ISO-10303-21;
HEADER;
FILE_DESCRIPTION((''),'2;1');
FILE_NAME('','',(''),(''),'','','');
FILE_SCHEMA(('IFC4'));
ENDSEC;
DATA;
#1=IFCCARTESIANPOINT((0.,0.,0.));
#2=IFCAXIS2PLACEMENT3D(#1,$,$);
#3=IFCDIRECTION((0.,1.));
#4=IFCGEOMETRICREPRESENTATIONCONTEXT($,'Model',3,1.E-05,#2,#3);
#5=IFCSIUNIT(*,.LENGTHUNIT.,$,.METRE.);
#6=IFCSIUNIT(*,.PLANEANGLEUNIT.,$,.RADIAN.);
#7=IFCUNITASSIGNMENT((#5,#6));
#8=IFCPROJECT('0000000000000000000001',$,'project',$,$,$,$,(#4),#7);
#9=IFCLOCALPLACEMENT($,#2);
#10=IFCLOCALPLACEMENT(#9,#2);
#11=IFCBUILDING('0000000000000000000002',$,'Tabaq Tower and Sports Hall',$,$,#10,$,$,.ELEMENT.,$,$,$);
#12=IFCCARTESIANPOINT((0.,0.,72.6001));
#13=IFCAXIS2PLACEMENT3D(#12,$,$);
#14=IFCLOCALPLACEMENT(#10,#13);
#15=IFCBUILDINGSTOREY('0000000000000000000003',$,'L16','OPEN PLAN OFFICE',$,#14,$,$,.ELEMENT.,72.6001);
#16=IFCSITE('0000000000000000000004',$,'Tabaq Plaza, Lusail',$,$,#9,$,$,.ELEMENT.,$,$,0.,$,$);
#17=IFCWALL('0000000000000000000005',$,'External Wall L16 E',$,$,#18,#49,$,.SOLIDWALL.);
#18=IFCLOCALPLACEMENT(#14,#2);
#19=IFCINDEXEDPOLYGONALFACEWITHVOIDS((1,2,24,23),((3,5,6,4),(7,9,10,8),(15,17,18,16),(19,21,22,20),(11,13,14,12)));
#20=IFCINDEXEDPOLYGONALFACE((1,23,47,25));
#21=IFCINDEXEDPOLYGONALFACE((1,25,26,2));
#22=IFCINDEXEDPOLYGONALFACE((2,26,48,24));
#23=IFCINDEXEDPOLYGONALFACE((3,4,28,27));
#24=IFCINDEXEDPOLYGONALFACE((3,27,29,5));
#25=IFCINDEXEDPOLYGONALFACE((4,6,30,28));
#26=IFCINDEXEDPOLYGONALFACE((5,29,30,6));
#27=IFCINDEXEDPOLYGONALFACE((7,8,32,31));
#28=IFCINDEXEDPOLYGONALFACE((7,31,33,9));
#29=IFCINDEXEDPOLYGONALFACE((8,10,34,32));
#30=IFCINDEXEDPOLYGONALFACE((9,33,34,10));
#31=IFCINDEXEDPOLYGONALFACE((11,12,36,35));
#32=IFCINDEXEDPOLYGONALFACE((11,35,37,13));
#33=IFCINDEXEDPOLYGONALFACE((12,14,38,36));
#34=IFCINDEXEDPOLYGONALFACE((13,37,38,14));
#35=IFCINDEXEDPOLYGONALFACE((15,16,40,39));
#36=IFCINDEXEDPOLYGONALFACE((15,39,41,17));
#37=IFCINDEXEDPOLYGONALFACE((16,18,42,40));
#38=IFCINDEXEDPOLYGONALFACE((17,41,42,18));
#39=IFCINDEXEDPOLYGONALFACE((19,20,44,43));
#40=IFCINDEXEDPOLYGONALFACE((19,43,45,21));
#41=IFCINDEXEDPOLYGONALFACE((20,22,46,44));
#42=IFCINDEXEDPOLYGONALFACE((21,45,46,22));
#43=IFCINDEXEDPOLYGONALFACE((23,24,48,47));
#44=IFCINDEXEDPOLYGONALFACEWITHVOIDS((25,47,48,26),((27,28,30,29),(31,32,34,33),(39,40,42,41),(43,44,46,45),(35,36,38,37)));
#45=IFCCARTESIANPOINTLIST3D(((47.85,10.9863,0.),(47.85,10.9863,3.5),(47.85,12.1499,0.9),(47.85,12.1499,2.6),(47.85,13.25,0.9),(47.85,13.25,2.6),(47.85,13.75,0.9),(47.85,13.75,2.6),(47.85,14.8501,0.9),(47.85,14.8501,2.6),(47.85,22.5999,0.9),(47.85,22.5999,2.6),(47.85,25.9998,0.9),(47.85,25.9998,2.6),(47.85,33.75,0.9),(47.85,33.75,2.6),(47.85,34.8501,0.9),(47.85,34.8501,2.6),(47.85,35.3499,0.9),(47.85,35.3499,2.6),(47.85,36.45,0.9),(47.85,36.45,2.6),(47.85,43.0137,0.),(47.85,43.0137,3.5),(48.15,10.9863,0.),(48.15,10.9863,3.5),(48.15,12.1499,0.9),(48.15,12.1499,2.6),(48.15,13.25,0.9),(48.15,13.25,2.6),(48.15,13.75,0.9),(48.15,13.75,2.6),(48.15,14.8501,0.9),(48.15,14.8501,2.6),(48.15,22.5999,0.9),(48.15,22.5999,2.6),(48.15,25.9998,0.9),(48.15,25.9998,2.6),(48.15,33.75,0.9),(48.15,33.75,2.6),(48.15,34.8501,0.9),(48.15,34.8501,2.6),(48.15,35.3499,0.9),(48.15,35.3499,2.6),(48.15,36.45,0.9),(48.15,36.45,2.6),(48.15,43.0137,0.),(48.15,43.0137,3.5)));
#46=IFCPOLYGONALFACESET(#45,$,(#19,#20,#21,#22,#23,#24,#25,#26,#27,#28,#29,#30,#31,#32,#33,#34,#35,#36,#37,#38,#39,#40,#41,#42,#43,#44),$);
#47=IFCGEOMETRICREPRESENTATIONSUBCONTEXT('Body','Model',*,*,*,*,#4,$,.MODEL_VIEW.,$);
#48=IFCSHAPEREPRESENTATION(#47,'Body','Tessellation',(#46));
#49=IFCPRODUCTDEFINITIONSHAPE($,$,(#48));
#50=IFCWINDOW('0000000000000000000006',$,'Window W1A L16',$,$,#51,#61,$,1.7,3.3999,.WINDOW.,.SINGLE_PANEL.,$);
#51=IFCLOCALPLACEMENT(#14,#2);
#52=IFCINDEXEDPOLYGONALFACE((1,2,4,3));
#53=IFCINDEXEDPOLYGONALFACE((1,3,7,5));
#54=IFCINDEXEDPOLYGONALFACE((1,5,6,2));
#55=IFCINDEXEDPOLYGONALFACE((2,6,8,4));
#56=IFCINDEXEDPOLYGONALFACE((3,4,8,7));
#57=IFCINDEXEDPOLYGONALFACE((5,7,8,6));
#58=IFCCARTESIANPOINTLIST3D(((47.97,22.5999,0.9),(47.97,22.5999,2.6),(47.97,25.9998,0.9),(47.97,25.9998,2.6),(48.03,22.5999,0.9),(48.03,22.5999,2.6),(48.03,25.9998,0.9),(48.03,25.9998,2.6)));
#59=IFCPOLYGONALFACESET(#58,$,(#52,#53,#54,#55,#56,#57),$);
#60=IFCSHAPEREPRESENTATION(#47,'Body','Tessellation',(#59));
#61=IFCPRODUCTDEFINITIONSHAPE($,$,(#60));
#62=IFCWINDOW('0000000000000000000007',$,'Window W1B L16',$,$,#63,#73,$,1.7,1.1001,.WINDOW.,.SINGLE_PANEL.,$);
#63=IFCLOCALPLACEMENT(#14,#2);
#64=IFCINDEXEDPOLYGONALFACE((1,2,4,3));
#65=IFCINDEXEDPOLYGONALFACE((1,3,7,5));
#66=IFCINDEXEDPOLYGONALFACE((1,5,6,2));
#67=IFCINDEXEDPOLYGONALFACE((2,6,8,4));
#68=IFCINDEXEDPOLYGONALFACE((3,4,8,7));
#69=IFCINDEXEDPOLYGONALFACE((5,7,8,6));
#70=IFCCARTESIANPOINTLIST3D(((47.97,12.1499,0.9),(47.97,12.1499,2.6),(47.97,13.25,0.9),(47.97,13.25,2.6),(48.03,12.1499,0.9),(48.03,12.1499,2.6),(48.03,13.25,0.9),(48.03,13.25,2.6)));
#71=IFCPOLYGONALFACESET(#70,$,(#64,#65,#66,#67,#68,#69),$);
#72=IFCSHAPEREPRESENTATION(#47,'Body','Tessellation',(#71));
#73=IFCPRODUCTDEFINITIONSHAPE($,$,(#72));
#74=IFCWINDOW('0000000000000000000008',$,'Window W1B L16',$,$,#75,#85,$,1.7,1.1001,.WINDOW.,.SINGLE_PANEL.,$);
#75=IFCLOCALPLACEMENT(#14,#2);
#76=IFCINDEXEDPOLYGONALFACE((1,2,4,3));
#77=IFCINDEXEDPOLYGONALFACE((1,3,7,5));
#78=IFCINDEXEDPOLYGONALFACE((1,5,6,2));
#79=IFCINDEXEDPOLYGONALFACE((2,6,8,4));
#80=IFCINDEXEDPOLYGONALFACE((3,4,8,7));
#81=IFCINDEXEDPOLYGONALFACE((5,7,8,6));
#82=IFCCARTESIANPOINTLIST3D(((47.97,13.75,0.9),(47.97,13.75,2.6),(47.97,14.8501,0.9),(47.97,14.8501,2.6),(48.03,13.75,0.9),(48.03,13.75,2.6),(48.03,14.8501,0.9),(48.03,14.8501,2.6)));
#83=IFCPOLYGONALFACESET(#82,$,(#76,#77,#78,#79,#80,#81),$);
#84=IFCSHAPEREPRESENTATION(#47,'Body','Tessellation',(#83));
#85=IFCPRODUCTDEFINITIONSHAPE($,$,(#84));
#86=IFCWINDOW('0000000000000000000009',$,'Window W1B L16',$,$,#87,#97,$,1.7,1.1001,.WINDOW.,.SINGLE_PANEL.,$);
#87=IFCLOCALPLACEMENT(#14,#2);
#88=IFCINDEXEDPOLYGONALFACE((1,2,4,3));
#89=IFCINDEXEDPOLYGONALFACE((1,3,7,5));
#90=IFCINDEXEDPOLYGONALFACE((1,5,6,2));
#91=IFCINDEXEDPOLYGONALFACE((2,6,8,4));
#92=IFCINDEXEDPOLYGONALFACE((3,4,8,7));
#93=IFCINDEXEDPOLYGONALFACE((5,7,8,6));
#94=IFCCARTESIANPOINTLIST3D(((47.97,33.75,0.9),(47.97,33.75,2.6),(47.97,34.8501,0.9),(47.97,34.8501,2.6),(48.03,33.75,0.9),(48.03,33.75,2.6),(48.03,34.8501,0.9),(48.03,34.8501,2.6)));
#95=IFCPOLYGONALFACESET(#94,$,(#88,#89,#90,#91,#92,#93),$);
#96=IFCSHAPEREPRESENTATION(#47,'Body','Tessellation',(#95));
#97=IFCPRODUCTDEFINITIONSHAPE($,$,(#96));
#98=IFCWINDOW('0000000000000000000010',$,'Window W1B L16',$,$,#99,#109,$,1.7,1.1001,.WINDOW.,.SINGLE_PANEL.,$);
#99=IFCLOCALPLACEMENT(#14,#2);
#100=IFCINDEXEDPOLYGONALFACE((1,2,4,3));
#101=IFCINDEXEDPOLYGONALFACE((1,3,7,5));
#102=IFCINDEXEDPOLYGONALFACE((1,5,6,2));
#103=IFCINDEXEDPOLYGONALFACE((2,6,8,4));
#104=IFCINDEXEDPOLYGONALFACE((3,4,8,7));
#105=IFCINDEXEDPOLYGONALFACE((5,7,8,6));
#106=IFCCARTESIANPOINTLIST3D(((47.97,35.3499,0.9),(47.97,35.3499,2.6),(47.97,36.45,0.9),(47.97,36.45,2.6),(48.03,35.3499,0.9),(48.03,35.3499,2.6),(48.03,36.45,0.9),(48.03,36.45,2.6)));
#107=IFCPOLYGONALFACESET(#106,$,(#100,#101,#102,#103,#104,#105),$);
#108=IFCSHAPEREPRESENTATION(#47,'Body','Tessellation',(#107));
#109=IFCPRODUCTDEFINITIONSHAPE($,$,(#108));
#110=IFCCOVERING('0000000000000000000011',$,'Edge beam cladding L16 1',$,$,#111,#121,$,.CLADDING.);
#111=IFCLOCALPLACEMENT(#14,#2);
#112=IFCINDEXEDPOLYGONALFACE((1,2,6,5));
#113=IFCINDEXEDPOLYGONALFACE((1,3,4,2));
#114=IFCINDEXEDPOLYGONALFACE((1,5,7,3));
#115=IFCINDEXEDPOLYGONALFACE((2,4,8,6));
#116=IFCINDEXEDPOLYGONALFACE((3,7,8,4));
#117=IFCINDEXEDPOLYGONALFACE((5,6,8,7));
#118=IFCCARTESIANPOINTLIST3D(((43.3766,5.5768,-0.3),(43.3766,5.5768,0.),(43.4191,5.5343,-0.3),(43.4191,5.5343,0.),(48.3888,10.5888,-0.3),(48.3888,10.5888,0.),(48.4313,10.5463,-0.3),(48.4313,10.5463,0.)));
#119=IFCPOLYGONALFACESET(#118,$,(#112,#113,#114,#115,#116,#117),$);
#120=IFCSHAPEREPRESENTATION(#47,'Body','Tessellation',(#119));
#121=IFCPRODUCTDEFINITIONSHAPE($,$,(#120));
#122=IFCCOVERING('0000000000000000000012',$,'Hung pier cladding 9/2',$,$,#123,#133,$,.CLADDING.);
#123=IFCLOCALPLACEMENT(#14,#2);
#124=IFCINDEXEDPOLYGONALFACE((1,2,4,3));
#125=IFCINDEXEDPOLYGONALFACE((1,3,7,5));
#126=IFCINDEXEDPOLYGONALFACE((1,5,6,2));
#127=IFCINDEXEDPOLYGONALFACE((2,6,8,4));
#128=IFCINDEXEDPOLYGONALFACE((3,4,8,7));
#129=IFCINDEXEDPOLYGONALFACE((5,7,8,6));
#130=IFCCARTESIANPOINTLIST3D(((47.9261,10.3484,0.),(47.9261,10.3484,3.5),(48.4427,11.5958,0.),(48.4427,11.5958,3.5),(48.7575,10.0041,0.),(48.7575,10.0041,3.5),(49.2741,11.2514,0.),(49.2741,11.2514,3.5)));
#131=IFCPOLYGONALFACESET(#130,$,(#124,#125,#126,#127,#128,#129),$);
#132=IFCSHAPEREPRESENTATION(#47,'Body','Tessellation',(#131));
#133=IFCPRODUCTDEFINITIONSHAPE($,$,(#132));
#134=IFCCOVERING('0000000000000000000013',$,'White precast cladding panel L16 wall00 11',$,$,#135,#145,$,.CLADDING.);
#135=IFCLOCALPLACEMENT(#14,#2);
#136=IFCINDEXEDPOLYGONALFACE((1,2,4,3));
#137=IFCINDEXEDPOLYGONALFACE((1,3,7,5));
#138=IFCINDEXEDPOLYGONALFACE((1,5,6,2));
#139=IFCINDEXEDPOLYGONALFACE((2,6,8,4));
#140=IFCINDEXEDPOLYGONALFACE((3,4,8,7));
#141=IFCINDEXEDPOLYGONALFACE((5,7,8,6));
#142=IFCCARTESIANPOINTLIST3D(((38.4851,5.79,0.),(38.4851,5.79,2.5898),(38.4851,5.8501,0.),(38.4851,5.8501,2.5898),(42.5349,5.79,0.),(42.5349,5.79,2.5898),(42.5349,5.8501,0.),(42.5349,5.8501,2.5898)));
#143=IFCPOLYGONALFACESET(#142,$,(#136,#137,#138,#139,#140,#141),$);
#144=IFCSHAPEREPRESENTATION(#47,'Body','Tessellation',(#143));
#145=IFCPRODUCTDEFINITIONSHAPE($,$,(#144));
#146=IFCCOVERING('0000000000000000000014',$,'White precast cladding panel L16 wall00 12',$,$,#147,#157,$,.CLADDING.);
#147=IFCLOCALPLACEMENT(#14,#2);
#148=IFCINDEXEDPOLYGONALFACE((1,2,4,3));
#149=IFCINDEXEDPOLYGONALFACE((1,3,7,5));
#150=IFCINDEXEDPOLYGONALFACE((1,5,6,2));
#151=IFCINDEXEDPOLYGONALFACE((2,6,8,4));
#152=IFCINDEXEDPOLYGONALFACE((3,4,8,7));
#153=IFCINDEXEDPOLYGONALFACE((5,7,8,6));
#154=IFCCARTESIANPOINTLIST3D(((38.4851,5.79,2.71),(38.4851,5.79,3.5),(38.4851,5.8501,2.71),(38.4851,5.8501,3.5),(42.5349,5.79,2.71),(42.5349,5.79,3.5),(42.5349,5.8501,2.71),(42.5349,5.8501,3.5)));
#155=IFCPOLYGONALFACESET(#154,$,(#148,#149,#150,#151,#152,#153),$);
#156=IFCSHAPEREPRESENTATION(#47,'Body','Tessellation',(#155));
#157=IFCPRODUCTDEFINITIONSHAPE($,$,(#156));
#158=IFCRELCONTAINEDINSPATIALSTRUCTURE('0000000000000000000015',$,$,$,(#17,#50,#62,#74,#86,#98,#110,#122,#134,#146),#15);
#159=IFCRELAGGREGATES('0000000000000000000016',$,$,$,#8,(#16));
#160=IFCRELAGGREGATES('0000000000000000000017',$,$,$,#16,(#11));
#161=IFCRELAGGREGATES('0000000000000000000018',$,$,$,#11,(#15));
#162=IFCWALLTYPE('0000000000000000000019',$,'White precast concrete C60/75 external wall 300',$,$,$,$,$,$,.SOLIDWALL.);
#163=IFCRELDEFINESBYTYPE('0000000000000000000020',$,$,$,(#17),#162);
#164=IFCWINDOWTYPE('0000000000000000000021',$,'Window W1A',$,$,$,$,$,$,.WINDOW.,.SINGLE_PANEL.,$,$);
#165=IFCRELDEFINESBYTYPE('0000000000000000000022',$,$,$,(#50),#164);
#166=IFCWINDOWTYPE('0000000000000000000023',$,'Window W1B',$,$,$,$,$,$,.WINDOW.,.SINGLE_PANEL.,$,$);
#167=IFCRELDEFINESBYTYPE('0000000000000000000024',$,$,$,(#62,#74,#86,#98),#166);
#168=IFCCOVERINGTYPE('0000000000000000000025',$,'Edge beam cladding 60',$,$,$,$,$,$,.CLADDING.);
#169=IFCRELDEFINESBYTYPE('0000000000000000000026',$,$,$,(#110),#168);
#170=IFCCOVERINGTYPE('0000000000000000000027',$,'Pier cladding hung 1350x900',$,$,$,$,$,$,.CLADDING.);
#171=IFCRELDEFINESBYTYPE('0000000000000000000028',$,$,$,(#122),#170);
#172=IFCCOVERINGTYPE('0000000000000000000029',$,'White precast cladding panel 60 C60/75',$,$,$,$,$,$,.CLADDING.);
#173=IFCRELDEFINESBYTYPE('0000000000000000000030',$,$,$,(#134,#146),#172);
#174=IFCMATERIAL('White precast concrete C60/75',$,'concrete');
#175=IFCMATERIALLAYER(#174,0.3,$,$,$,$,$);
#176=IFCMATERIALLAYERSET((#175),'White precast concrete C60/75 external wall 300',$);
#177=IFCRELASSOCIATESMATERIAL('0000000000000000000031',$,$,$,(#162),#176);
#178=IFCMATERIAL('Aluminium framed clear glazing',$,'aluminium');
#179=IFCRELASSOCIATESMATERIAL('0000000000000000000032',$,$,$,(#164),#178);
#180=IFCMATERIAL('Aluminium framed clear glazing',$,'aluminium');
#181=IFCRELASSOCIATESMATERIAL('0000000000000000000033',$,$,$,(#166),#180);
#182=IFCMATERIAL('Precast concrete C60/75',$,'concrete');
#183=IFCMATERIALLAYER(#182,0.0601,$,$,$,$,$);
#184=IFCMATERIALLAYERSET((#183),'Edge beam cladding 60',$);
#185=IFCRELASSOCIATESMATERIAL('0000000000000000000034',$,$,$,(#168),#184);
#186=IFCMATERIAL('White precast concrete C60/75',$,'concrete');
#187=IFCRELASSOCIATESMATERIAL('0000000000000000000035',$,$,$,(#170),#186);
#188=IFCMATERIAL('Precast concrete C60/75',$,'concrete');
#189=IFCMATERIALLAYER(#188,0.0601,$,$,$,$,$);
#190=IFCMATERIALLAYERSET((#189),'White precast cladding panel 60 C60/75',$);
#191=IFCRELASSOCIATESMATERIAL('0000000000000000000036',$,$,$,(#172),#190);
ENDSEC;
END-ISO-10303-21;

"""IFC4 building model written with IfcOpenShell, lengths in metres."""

from ifc_helpers import new_model, si_unit, direction, frame, frame_2d, origin, place, context, subcontext, project, spatial, rectangle, extrude, material, layer, layer_set, type_object, element, fill, save


model = new_model("IFC4")

# Units and contexts
model_context = context("Model", 3, precision=1e-05, world=origin(), true_north=direction((0.0, 1.0)))
body_context = subcontext(model_context, "Body", "Model", "MODEL_VIEW")
ifc_project = project(units=[si_unit("LENGTHUNIT", "METRE"), si_unit("PLANEANGLEUNIT", "RADIAN")], contexts=[model_context])

# Site, building, storey
site_placement = place(None, origin())
site = spatial("IfcSite", under=ifc_project, at=site_placement, Name="Tabaq Plaza, Lusail", CompositionType="ELEMENT", RefElevation=0.0)
building_placement = place(site_placement, origin())
building = spatial("IfcBuilding", under=site, at=building_placement, Name="Tabaq Tower and Sports Hall", CompositionType="ELEMENT")
storey_placement = place(building_placement, frame((0.0, 0.0, 72.6001)))
storey = spatial("IfcBuildingStorey", under=building, at=storey_placement, Name="L16", Description="OPEN PLAN OFFICE", CompositionType="ELEMENT", Elevation=72.6001)

# Shared definitions
ifc_material_1 = material(Name="White precast concrete C60/75", Category="concrete")
ifc_layer_1 = layer(ifc_material_1, 0.3)
ifc_layer_set_1 = layer_set([ifc_layer_1], Name="White precast concrete C60/75 external wall 300")
wall_type_1 = type_object("IfcWallType", Name="White precast concrete C60/75 external wall 300", PredefinedType="SOLIDWALL", material=ifc_layer_set_1)
ifc_material_2 = material(Name="Aluminium framed clear glazing", Category="aluminium")
window_type_1 = type_object("IfcWindowType", Name="Window W1A", PartitioningType="SINGLE_PANEL", PredefinedType="WINDOW", material=ifc_material_2)

# Wall, openings, windows
wall_1_placement = place(storey_placement, frame((48.0, 10.9863, 0.0), z_axis=(0.0, 0.0, 1.0), x_axis=(0.0, 1.0, 0.0)))
wall_1 = element("IfcWall", 1, at=wall_1_placement, inside=storey, type_object=wall_type_1, Name="External Wall L16 E", PredefinedType="SOLIDWALL", context=body_context, shape_type="SweptSolid", body=[
    extrude(rectangle(XDim=32.0273, YDim=0.3, at=frame_2d((16.0137, 0.0))), origin(), (0.0, 0.0, 1.0), 3.5),
])
opening_1_placement = place(wall_1_placement, frame((1.1636, 0.0, 0.8999)))
opening_1 = element("IfcOpeningElement", 2, at=opening_1_placement, cuts=wall_1, PredefinedType="OPENING", context=body_context, shape_type="SweptSolid", body=[
    extrude(rectangle(XDim=1.1001, YDim=1.7, at=frame_2d((0.55, 0.8501))), frame((0.0, 0.1602, 0.0), z_axis=(0.0, -1.0, 0.0), x_axis=(1.0, 0.0, 0.0)), (0.0, 0.0, 1.0), 0.3201),
])
opening_2_placement = place(wall_1_placement, frame((2.7637, 0.0, 0.8999)))
opening_2 = element("IfcOpeningElement", 3, at=opening_2_placement, cuts=wall_1, PredefinedType="OPENING", context=body_context, shape_type="SweptSolid", body=[
    extrude(rectangle(XDim=1.1001, YDim=1.7, at=frame_2d((0.55, 0.8501))), frame((0.0, 0.1602, 0.0), z_axis=(0.0, -1.0, 0.0), x_axis=(1.0, 0.0, 0.0)), (0.0, 0.0, 1.0), 0.3201),
])
opening_3_placement = place(wall_1_placement, frame((11.6135, 0.0, 0.8999)))
opening_3 = element("IfcOpeningElement", 4, at=opening_3_placement, cuts=wall_1, PredefinedType="OPENING", context=body_context, shape_type="SweptSolid", body=[
    extrude(rectangle(XDim=3.3999, YDim=1.7, at=frame_2d((1.7, 0.8501))), frame((0.0, 0.1602, 0.0), z_axis=(0.0, -1.0, 0.0), x_axis=(1.0, 0.0, 0.0)), (0.0, 0.0, 1.0), 0.3201),
])
opening_4_placement = place(wall_1_placement, frame((22.7637, 0.0, 0.8999)))
opening_4 = element("IfcOpeningElement", 5, at=opening_4_placement, cuts=wall_1, PredefinedType="OPENING", context=body_context, shape_type="SweptSolid", body=[
    extrude(rectangle(XDim=1.1001, YDim=1.7, at=frame_2d((0.55, 0.8501))), frame((0.0, 0.1602, 0.0), z_axis=(0.0, -1.0, 0.0), x_axis=(1.0, 0.0, 0.0)), (0.0, 0.0, 1.0), 0.3201),
])
opening_5_placement = place(wall_1_placement, frame((24.3635, 0.0, 0.8999)))
opening_5 = element("IfcOpeningElement", 6, at=opening_5_placement, cuts=wall_1, PredefinedType="OPENING", context=body_context, shape_type="SweptSolid", body=[
    extrude(rectangle(XDim=1.1001, YDim=1.7, at=frame_2d((0.55, 0.8501))), frame((0.0, 0.1602, 0.0), z_axis=(0.0, -1.0, 0.0), x_axis=(1.0, 0.0, 0.0)), (0.0, 0.0, 1.0), 0.3201),
])
window_1_placement = place(opening_3_placement, origin())
window_1 = element("IfcWindow", 7, at=window_1_placement, inside=storey, type_object=window_type_1, Name="Window W1A L16", OverallHeight=1.7, OverallWidth=3.3999, PartitioningType="SINGLE_PANEL", PredefinedType="WINDOW", context=body_context, shape_type="SweptSolid", body=[
    extrude(rectangle(XDim=3.3999, YDim=1.7, at=frame_2d((1.7, 0.8501))), frame((0.0, 0.03, 0.0), z_axis=(0.0, -1.0, 0.0), x_axis=(1.0, 0.0, 0.0)), (0.0, 0.0, 1.0), 0.0601),
])
fill(opening_3, window_1)
ifc_material_3 = material(Name="Aluminium framed clear glazing", Category="aluminium")
window_type_2 = type_object("IfcWindowType", Name="Window W1B", PartitioningType="SINGLE_PANEL", PredefinedType="WINDOW", material=ifc_material_3)
window_2_placement = place(opening_1_placement, origin())
window_2 = element("IfcWindow", 8, at=window_2_placement, inside=storey, type_object=window_type_2, Name="Window W1B L16", OverallHeight=1.7, OverallWidth=1.1001, PartitioningType="SINGLE_PANEL", PredefinedType="WINDOW", context=body_context, shape_type="SweptSolid", body=[
    extrude(rectangle(XDim=1.1001, YDim=1.7, at=frame_2d((0.55, 0.8501))), frame((0.0, 0.03, 0.0), z_axis=(0.0, -1.0, 0.0), x_axis=(1.0, 0.0, 0.0)), (0.0, 0.0, 1.0), 0.0601),
])
fill(opening_1, window_2)
window_3_placement = place(opening_2_placement, origin())
window_3 = element("IfcWindow", 9, at=window_3_placement, inside=storey, type_object=window_type_2, Name="Window W1B L16", OverallHeight=1.7, OverallWidth=1.1001, PartitioningType="SINGLE_PANEL", PredefinedType="WINDOW", context=body_context, shape_type="SweptSolid", body=[
    extrude(rectangle(XDim=1.1001, YDim=1.7, at=frame_2d((0.55, 0.8501))), frame((0.0, 0.03, 0.0), z_axis=(0.0, -1.0, 0.0), x_axis=(1.0, 0.0, 0.0)), (0.0, 0.0, 1.0), 0.0601),
])
fill(opening_2, window_3)
window_4_placement = place(opening_4_placement, origin())
window_4 = element("IfcWindow", 10, at=window_4_placement, inside=storey, type_object=window_type_2, Name="Window W1B L16", OverallHeight=1.7, OverallWidth=1.1001, PartitioningType="SINGLE_PANEL", PredefinedType="WINDOW", context=body_context, shape_type="SweptSolid", body=[
    extrude(rectangle(XDim=1.1001, YDim=1.7, at=frame_2d((0.55, 0.8501))), frame((0.0, 0.03, 0.0), z_axis=(0.0, -1.0, 0.0), x_axis=(1.0, 0.0, 0.0)), (0.0, 0.0, 1.0), 0.0601),
])
fill(opening_4, window_4)
window_5_placement = place(opening_5_placement, origin())
window_5 = element("IfcWindow", 11, at=window_5_placement, inside=storey, type_object=window_type_2, Name="Window W1B L16", OverallHeight=1.7, OverallWidth=1.1001, PartitioningType="SINGLE_PANEL", PredefinedType="WINDOW", context=body_context, shape_type="SweptSolid", body=[
    extrude(rectangle(XDim=1.1001, YDim=1.7, at=frame_2d((0.55, 0.8501))), frame((0.0, 0.03, 0.0), z_axis=(0.0, -1.0, 0.0), x_axis=(1.0, 0.0, 0.0)), (0.0, 0.0, 1.0), 0.0601),
])
fill(opening_5, window_5)

# Coverings
ifc_material_4 = material(Name="Precast concrete C60/75", Category="concrete")
ifc_layer_2 = layer(ifc_material_4, 0.0601)
ifc_layer_set_2 = layer_set([ifc_layer_2], Name="Edge beam cladding 60")
covering_type_1 = type_object("IfcCoveringType", Name="Edge beam cladding 60", PredefinedType="CLADDING", material=ifc_layer_set_2)
covering_1_placement = place(storey_placement, frame((43.3979, 5.5557, -0.3), z_axis=(0.0, 0.0, 1.0), x_axis=(0.707124, 0.70709, 0.0)))
element("IfcCovering", 12, at=covering_1_placement, inside=storey, type_object=covering_type_1, Name="Edge beam cladding L16 1", PredefinedType="CLADDING", context=body_context, shape_type="SweptSolid", body=[
    extrude(rectangle(XDim=7.0881, YDim=0.0601, at=frame_2d((3.5439, 0.0))), origin(), (0.0, 0.0, 1.0), 0.3),
])
ifc_material_5 = material(Name="White precast concrete C60/75", Category="concrete")
covering_type_2 = type_object("IfcCoveringType", Name="Pier cladding hung 1350x900", PredefinedType="CLADDING", material=ifc_material_5)
covering_2_placement = place(storey_placement, frame((48.3418, 10.1763, 0.0), z_axis=(0.0, 0.0, 1.0), x_axis=(0.38265, 0.923893, 0.0)))
element("IfcCovering", 13, at=covering_2_placement, inside=storey, type_object=covering_type_2, Name="Hung pier cladding 9/2", PredefinedType="CLADDING", context=body_context, shape_type="SweptSolid", body=[
    extrude(rectangle(XDim=1.3501, YDim=0.8999, at=frame_2d((0.675, 0.0))), origin(), (0.0, 0.0, 1.0), 3.5),
])
ifc_material_6 = material(Name="Precast concrete C60/75", Category="concrete")
ifc_layer_3 = layer(ifc_material_6, 0.0601)
ifc_layer_set_3 = layer_set([ifc_layer_3], Name="White precast cladding panel 60 C60/75")
covering_type_3 = type_object("IfcCoveringType", Name="White precast cladding panel 60 C60/75", PredefinedType="CLADDING", material=ifc_layer_set_3)
covering_3_placement = place(storey_placement, frame((38.4851, 5.8201, 0.0), z_axis=(0.0, 0.0, 1.0), x_axis=(1.0, 0.0, 0.0)))
element("IfcCovering", 14, at=covering_3_placement, inside=storey, type_object=covering_type_3, Name="White precast cladding panel L16 wall00 11", PredefinedType="CLADDING", context=body_context, shape_type="SweptSolid", body=[
    extrude(rectangle(XDim=4.0498, YDim=0.0601, at=frame_2d((2.0249, 0.0))), origin(), (0.0, 0.0, 1.0), 2.5898),
])
covering_4_placement = place(storey_placement, frame((38.4851, 5.8201, 2.71), z_axis=(0.0, 0.0, 1.0), x_axis=(1.0, 0.0, 0.0)))
element("IfcCovering", 15, at=covering_4_placement, inside=storey, type_object=covering_type_3, Name="White precast cladding panel L16 wall00 12", PredefinedType="CLADDING", context=body_context, shape_type="SweptSolid", body=[
    extrude(rectangle(XDim=4.0498, YDim=0.0601, at=frame_2d((2.0249, 0.0))), origin(), (0.0, 0.0, 1.0), 0.79),
])

save(model, "model.ifc")
